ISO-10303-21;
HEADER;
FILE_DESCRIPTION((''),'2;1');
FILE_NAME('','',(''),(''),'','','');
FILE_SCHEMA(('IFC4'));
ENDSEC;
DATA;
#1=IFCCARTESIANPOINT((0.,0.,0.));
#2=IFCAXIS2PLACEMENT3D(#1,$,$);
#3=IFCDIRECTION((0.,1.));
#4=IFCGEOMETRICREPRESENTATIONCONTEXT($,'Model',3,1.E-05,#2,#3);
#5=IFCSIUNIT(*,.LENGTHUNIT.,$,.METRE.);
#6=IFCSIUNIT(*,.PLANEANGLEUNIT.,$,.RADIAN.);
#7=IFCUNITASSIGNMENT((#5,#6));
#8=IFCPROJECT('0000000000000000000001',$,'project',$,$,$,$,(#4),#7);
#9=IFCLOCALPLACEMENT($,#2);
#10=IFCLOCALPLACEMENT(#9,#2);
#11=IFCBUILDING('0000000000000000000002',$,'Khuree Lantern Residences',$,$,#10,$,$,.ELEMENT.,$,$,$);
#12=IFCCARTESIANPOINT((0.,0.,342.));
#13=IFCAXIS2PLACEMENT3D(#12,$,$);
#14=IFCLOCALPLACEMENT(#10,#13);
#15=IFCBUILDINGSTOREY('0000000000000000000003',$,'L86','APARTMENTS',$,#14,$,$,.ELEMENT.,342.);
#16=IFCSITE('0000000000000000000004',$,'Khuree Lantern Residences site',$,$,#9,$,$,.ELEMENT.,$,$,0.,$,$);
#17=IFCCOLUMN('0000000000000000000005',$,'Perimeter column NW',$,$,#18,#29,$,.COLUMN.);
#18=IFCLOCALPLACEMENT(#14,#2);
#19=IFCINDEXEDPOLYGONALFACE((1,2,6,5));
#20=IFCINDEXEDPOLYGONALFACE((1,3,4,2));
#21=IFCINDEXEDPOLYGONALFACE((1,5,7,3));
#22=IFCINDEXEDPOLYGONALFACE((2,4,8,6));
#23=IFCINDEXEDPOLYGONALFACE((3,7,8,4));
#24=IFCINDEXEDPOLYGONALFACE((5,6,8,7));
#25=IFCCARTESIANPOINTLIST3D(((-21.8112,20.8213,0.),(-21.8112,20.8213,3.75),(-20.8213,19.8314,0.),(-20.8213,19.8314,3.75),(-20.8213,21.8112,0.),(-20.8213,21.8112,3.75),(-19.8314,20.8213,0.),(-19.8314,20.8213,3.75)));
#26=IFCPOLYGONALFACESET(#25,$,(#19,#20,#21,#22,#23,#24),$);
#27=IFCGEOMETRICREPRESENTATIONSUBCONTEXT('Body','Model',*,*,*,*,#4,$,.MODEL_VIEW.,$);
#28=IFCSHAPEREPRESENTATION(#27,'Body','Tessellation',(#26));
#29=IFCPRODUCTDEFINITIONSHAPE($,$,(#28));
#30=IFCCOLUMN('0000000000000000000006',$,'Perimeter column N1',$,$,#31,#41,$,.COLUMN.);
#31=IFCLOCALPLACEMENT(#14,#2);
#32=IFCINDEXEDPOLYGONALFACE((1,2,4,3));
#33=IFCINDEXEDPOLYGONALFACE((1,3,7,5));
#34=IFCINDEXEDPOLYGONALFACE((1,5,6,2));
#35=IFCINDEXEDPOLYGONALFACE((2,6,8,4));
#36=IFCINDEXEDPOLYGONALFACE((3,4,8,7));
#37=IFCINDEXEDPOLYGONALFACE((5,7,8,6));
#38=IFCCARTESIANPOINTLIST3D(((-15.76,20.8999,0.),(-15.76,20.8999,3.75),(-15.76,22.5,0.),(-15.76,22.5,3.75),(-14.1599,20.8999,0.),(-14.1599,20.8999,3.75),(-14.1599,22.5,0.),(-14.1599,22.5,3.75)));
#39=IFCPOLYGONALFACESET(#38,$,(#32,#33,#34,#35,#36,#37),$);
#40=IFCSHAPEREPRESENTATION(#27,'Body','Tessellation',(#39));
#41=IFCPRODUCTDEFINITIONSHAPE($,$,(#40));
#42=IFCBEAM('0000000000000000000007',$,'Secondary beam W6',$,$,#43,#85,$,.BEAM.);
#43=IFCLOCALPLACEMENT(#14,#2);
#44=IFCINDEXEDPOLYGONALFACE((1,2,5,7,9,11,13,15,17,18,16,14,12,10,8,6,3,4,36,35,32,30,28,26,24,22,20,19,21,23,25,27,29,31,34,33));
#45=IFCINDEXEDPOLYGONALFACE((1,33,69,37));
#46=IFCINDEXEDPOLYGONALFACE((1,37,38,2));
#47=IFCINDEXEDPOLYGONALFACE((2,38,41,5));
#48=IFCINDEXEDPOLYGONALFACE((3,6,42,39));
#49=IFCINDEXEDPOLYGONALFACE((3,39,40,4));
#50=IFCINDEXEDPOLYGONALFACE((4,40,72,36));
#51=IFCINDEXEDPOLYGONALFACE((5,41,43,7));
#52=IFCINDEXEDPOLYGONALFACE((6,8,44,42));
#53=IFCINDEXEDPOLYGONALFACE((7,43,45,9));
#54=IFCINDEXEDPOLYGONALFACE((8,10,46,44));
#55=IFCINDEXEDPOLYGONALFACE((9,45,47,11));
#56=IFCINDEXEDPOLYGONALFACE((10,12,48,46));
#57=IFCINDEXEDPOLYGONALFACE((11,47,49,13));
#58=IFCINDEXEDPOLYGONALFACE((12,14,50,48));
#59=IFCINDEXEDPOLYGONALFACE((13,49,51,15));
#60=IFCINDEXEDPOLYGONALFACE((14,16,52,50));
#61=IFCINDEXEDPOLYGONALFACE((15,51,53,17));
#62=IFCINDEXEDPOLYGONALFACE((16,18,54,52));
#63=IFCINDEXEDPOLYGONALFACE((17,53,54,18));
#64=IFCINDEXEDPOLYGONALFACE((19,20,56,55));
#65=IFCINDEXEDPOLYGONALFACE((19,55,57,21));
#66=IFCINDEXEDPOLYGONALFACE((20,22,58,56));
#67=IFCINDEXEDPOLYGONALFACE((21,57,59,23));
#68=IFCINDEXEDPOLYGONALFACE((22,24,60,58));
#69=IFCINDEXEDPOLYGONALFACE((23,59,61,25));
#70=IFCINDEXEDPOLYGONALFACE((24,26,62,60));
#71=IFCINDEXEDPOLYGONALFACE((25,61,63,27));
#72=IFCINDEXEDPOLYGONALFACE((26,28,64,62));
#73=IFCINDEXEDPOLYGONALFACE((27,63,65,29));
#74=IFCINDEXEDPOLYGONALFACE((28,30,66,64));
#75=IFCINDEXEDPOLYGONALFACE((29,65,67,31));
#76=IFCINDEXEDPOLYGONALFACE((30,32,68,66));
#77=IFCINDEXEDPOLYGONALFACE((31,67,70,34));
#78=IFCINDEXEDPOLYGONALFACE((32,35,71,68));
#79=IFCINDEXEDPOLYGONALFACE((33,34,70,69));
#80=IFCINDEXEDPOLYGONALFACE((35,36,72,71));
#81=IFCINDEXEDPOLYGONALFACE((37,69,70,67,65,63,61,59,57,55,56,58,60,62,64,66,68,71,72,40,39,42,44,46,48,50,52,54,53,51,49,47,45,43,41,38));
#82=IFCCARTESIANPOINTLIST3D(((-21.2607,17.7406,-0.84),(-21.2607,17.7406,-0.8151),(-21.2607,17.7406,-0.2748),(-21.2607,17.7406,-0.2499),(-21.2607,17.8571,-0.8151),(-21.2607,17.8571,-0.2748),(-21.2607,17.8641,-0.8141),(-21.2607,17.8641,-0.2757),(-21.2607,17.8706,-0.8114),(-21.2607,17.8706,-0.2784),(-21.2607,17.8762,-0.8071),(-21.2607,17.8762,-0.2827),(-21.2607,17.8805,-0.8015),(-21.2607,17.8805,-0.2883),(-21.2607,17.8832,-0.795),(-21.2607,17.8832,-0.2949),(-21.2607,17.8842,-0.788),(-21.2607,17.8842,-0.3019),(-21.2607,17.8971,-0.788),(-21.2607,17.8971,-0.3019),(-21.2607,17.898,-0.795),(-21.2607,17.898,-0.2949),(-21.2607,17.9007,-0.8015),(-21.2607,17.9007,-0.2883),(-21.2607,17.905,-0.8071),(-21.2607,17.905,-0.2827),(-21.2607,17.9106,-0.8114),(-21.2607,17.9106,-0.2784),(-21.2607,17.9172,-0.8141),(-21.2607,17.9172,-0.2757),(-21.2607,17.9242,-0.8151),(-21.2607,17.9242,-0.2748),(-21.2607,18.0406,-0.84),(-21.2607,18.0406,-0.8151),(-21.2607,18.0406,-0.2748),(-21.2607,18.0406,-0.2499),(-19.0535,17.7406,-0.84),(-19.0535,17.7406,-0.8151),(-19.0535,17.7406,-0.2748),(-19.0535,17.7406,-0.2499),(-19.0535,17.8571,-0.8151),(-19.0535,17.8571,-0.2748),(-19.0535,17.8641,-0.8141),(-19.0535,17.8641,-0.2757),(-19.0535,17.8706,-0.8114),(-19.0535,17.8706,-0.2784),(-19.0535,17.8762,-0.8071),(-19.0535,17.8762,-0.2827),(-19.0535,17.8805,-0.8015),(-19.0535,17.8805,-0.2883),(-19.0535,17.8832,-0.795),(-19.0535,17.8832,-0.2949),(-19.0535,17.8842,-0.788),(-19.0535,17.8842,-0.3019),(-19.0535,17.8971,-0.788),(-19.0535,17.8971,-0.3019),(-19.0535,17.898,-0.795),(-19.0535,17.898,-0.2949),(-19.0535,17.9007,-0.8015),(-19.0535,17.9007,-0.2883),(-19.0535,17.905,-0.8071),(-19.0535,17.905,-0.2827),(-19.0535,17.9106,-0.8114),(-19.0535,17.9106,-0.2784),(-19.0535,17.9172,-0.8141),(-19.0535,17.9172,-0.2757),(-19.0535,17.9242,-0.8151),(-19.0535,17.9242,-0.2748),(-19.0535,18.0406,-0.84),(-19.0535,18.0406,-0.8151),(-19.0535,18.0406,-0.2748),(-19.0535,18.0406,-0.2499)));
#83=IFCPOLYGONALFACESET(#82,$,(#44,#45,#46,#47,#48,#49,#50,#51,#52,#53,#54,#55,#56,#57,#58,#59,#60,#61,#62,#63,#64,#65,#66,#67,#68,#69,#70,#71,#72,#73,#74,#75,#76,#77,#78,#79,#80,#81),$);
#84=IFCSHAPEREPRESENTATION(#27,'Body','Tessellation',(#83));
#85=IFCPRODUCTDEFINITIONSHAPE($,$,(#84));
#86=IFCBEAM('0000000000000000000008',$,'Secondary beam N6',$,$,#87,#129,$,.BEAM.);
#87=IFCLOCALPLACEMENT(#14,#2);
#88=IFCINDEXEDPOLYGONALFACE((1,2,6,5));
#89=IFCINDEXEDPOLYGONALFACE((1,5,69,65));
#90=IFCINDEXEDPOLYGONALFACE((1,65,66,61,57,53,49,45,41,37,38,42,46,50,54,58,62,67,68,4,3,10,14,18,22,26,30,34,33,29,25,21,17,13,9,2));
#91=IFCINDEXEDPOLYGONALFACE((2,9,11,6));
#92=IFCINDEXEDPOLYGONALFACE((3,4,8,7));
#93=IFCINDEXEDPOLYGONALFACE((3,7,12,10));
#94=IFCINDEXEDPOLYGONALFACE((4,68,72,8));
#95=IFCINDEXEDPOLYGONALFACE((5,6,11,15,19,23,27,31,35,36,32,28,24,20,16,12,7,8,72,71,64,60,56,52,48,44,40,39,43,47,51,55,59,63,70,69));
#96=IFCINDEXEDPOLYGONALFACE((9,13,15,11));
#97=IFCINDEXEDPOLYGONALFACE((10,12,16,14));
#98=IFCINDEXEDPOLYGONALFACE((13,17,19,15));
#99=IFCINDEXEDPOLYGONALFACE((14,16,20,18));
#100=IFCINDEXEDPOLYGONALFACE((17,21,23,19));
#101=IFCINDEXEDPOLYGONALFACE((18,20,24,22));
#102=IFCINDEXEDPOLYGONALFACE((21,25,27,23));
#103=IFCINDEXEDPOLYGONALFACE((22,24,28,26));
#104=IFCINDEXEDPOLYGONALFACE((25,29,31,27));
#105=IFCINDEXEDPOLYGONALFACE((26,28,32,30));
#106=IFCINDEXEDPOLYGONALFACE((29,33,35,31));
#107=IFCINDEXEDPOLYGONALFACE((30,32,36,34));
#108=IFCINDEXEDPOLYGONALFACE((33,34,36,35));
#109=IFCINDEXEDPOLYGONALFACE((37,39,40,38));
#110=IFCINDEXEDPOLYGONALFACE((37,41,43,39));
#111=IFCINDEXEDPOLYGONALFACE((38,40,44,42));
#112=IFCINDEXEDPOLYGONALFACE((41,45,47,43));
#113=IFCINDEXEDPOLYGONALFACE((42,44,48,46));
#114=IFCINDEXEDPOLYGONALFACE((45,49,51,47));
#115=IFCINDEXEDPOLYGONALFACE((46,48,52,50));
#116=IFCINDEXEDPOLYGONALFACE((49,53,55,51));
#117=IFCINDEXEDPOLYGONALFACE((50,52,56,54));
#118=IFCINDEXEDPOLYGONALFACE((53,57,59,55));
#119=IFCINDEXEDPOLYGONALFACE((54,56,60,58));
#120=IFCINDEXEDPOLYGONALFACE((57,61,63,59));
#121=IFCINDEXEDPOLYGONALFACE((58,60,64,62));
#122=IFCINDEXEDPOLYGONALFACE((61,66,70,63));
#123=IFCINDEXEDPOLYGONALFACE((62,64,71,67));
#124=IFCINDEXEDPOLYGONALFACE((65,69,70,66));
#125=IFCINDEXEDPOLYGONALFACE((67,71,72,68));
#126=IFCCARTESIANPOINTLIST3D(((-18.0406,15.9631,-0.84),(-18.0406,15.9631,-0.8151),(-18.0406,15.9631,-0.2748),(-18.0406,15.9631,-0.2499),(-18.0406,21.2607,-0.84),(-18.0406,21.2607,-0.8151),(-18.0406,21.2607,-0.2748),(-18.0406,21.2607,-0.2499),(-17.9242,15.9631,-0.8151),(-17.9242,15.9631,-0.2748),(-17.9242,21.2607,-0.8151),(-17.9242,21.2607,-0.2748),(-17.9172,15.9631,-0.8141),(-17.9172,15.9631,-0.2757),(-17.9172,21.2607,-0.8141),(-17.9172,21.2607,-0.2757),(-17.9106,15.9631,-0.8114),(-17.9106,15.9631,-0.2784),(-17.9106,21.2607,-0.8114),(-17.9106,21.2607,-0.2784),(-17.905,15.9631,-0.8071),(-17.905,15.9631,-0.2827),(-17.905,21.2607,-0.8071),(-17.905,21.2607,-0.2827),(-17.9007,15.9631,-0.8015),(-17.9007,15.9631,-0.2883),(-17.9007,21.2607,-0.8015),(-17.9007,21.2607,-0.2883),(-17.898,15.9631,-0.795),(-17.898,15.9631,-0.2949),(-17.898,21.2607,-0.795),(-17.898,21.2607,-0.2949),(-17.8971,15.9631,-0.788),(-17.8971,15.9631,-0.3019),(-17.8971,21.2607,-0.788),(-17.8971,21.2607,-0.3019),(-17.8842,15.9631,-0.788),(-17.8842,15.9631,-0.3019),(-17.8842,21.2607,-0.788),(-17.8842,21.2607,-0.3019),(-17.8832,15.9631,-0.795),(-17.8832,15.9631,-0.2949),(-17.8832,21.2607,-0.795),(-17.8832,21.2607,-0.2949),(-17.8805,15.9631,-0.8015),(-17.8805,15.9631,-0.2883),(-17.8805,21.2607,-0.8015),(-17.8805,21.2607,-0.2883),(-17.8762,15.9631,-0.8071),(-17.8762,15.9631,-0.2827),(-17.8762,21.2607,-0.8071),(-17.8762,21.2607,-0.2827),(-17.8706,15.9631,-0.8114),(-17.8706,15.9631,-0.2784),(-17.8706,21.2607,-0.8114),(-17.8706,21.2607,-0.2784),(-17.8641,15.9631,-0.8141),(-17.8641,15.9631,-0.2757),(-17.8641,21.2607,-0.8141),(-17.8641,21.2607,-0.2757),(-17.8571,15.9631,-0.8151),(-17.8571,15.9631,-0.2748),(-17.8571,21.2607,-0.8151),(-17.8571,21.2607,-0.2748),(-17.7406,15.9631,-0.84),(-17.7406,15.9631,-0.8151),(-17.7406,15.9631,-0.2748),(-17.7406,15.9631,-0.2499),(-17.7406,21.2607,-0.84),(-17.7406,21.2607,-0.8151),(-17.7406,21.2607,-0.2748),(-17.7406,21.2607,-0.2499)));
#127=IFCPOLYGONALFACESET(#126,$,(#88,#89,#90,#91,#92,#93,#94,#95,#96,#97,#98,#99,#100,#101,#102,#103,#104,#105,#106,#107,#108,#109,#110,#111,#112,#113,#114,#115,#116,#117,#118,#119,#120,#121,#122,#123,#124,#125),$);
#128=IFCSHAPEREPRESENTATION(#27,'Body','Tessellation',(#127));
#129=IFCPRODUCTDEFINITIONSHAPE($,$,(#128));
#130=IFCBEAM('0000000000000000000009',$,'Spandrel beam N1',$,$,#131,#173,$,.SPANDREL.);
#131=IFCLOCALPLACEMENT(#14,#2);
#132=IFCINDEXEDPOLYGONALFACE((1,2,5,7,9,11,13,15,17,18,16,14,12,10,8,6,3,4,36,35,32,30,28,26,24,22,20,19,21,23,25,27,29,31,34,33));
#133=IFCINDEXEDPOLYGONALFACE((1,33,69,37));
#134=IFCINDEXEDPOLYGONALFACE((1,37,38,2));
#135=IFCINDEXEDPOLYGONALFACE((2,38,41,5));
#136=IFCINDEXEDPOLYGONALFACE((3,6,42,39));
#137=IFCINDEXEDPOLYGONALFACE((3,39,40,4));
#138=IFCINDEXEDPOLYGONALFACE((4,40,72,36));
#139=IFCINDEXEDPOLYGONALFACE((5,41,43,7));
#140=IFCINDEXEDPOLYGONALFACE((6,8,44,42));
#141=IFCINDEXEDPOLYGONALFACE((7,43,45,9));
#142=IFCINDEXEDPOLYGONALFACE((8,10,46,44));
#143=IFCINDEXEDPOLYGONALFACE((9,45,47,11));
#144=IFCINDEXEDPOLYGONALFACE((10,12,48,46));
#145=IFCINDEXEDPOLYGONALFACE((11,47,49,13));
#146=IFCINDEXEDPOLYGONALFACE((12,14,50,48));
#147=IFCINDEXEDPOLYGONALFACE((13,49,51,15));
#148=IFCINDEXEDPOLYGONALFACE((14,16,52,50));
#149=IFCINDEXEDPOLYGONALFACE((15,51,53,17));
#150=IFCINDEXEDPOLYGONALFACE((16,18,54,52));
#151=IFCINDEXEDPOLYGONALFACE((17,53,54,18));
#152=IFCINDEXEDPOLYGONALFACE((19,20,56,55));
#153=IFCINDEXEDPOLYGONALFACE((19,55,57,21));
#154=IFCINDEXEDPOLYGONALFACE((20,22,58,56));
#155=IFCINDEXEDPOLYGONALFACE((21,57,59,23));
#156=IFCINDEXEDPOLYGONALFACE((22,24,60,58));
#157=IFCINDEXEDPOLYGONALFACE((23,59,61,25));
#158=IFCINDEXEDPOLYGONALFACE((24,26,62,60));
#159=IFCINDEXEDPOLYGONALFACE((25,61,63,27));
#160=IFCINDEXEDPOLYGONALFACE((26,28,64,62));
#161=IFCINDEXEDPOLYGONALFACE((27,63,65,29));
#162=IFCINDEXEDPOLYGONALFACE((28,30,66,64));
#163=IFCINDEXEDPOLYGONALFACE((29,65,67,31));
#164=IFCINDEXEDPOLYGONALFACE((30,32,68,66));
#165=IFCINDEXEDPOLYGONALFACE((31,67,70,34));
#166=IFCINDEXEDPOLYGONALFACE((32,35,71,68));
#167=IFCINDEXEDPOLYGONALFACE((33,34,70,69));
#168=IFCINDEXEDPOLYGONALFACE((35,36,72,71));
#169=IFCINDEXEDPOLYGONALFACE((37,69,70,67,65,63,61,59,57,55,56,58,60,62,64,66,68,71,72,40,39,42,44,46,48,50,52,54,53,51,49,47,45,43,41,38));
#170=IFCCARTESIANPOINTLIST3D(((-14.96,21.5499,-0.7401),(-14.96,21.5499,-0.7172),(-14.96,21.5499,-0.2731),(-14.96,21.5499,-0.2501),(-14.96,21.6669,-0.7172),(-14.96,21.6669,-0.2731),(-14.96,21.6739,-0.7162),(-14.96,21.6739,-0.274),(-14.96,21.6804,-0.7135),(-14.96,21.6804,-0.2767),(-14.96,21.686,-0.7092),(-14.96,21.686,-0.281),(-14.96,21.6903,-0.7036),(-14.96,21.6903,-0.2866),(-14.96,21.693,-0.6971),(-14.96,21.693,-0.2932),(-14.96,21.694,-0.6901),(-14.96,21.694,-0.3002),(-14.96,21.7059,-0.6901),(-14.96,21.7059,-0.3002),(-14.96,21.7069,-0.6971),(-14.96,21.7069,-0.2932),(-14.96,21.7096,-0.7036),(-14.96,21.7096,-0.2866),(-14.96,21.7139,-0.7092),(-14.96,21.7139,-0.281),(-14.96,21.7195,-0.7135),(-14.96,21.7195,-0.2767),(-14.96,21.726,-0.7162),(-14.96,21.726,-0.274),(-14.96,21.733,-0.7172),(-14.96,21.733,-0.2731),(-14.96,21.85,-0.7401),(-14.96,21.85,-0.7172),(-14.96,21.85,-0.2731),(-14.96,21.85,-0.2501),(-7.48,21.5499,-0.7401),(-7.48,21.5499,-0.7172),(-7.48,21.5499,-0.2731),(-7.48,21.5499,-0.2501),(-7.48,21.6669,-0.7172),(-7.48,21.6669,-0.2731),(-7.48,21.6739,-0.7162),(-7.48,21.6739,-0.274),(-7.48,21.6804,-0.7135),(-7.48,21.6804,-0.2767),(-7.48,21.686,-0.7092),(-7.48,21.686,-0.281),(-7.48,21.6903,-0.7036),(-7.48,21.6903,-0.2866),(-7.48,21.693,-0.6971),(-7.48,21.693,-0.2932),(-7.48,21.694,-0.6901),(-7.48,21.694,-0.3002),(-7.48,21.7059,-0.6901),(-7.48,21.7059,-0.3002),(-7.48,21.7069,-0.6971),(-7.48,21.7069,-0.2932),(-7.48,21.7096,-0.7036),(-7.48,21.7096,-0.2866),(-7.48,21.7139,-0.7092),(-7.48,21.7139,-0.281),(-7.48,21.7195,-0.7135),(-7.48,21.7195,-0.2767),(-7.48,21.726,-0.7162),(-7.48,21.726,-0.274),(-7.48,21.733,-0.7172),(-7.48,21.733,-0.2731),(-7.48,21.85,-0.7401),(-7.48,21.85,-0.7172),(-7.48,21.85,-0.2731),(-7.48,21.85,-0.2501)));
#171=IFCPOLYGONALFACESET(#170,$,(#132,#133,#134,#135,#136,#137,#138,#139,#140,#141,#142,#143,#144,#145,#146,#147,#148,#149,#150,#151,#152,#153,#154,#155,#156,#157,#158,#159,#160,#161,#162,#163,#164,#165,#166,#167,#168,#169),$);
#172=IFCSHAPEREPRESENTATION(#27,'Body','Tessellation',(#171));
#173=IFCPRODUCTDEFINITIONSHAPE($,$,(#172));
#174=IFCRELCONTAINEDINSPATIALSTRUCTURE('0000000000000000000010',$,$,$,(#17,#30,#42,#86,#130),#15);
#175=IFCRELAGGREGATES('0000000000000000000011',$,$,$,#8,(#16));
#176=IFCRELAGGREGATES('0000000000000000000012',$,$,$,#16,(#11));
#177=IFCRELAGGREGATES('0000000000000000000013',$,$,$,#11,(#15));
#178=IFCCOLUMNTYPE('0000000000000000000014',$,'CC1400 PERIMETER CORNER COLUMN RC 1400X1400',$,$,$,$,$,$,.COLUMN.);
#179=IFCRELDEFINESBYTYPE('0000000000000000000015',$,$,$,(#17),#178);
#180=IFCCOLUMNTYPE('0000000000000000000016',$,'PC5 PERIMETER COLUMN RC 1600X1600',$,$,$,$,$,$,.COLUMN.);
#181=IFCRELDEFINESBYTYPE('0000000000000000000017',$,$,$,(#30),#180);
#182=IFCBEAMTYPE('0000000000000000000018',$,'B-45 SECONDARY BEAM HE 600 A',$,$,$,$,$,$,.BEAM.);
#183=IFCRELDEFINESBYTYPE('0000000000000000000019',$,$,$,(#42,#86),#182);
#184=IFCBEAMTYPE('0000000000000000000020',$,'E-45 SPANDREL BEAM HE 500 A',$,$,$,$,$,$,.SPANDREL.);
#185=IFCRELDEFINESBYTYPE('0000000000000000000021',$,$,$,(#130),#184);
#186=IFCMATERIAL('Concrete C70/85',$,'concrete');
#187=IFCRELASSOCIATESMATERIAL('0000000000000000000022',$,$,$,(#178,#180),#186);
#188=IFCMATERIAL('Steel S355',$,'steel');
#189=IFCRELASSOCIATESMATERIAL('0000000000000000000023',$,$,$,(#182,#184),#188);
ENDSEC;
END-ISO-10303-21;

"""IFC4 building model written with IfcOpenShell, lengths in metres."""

from ifc_helpers import new_model, si_unit, direction, frame, origin, origin_2d, place, context, subcontext, project, spatial, rectangle, i_section, extrude, material, material_profile, profile_set, type_object, element, save


model = new_model("IFC4")

# Units and contexts
model_context = context("Model", 3, precision=1e-05, world=origin(), true_north=direction((0.0, 1.0)))
body_context = subcontext(model_context, "Body", "Model", "MODEL_VIEW")
ifc_project = project(units=[si_unit("LENGTHUNIT", "METRE"), si_unit("PLANEANGLEUNIT", "RADIAN")], contexts=[model_context])

# Site, building, storey
site_placement = place(None, origin())
site = spatial("IfcSite", under=ifc_project, at=site_placement, Name="Khuree Lantern Residences site", CompositionType="ELEMENT", RefElevation=0.0)
building_placement = place(site_placement, origin())
building = spatial("IfcBuilding", under=site, at=building_placement, Name="Khuree Lantern Residences", CompositionType="ELEMENT")
storey_placement = place(building_placement, frame((0.0, 0.0, 342.0)))
storey = spatial("IfcBuildingStorey", under=building, at=storey_placement, Name="L86", Description="APARTMENTS", CompositionType="ELEMENT", Elevation=342.0)

# Columns
ifc_material_1 = material(Name="Concrete C70/85", Category="concrete")
ifc_material_profile_1 = material_profile(ifc_material_1, rectangle(XDim=1.3999, YDim=1.3999, at=origin_2d()), Name="RC 1400X1400")
ifc_profile_set_1 = profile_set([ifc_material_profile_1], Name="Concrete C70/85")
column_type_1 = type_object("IfcColumnType", Name="CC1400 PERIMETER CORNER COLUMN RC 1400X1400", PredefinedType="COLUMN", material=ifc_profile_set_1)
column_1_placement = place(storey_placement, frame((-20.8213, 20.8213, 0.0), z_axis=(0.0, 0.0, 1.0), x_axis=(0.707107, 0.707107, 0.0)))
element("IfcColumn", 1, at=column_1_placement, inside=storey, type_object=column_type_1, Name="Perimeter column NW", PredefinedType="COLUMN", context=body_context, shape_type="SweptSolid", body=[
    extrude(rectangle(XDim=1.3999, YDim=1.3999, at=origin_2d()), origin(), (0.0, 0.0, 1.0), 3.75),
])
ifc_material_profile_2 = material_profile(ifc_material_1, rectangle(XDim=1.6001, YDim=1.6001, at=origin_2d()), Name="RC 1600X1600")
ifc_profile_set_2 = profile_set([ifc_material_profile_2], Name="Concrete C70/85")
column_type_2 = type_object("IfcColumnType", Name="PC5 PERIMETER COLUMN RC 1600X1600", PredefinedType="COLUMN", material=ifc_profile_set_2)
column_2_placement = place(storey_placement, frame((-14.96, 21.7, 0.0), z_axis=(0.0, 0.0, 1.0), x_axis=(1.0, 0.0, 0.0)))
element("IfcColumn", 2, at=column_2_placement, inside=storey, type_object=column_type_2, Name="Perimeter column N1", PredefinedType="COLUMN", context=body_context, shape_type="SweptSolid", body=[
    extrude(rectangle(XDim=1.6001, YDim=1.6001, at=origin_2d()), origin(), (0.0, 0.0, 1.0), 3.75),
])

# Beams
ifc_material_2 = material(Name="Steel S355", Category="steel")
ifc_material_profile_3 = material_profile(ifc_material_2, i_section(OverallWidth=0.3, OverallDepth=0.5901, WebThickness=0.0129, FlangeThickness=0.0249, FilletRadius=0.0271, at=origin_2d()), Name="HE 600 A")
ifc_profile_set_3 = profile_set([ifc_material_profile_3], Name="Steel S355")
beam_type_1 = type_object("IfcBeamType", Name="B-45 SECONDARY BEAM HE 600 A", PredefinedType="BEAM", material=ifc_profile_set_3)
beam_1_placement = place(storey_placement, frame((-21.2607, 17.8906, -0.5449), z_axis=(1.0, 0.0, 0.0), x_axis=(0.0, 1.0, 0.0)))
element("IfcBeam", 3, at=beam_1_placement, inside=storey, type_object=beam_type_1, Name="Secondary beam W6", PredefinedType="BEAM", context=body_context, shape_type="SweptSolid", body=[
    extrude(i_section(OverallWidth=0.3, OverallDepth=0.5901, WebThickness=0.0129, FlangeThickness=0.0249, FilletRadius=0.0271, at=origin_2d()), origin(), (0.0, 0.0, 1.0), 2.2073),
])
beam_2_placement = place(storey_placement, frame((-17.8906, 21.2607, -0.5449), z_axis=(0.0, -1.0, 0.0), x_axis=(1.0, 0.0, 0.0)))
element("IfcBeam", 4, at=beam_2_placement, inside=storey, type_object=beam_type_1, Name="Secondary beam N6", PredefinedType="BEAM", context=body_context, shape_type="SweptSolid", body=[
    extrude(i_section(OverallWidth=0.3, OverallDepth=0.5901, WebThickness=0.0129, FlangeThickness=0.0249, FilletRadius=0.0271, at=origin_2d()), origin(), (0.0, 0.0, 1.0), 5.2976),
])
ifc_material_profile_4 = material_profile(ifc_material_2, i_section(OverallWidth=0.3, OverallDepth=0.49, WebThickness=0.012, FlangeThickness=0.0229, FilletRadius=0.0271, at=origin_2d()), Name="HE 500 A")
ifc_profile_set_4 = profile_set([ifc_material_profile_4], Name="Steel S355")
beam_type_2 = type_object("IfcBeamType", Name="E-45 SPANDREL BEAM HE 500 A", PredefinedType="SPANDREL", material=ifc_profile_set_4)
beam_3_placement = place(storey_placement, frame((-14.96, 21.7, -0.4951), z_axis=(1.0, 0.0, 0.0), x_axis=(0.0, 1.0, 0.0)))
element("IfcBeam", 5, at=beam_3_placement, inside=storey, type_object=beam_type_2, Name="Spandrel beam N1", PredefinedType="SPANDREL", context=body_context, shape_type="SweptSolid", body=[
    extrude(i_section(OverallWidth=0.3, OverallDepth=0.49, WebThickness=0.012, FlangeThickness=0.0229, FilletRadius=0.0271, at=origin_2d()), origin(), (0.0, 0.0, 1.0), 7.48),
])

save(model, "model.ifc")
